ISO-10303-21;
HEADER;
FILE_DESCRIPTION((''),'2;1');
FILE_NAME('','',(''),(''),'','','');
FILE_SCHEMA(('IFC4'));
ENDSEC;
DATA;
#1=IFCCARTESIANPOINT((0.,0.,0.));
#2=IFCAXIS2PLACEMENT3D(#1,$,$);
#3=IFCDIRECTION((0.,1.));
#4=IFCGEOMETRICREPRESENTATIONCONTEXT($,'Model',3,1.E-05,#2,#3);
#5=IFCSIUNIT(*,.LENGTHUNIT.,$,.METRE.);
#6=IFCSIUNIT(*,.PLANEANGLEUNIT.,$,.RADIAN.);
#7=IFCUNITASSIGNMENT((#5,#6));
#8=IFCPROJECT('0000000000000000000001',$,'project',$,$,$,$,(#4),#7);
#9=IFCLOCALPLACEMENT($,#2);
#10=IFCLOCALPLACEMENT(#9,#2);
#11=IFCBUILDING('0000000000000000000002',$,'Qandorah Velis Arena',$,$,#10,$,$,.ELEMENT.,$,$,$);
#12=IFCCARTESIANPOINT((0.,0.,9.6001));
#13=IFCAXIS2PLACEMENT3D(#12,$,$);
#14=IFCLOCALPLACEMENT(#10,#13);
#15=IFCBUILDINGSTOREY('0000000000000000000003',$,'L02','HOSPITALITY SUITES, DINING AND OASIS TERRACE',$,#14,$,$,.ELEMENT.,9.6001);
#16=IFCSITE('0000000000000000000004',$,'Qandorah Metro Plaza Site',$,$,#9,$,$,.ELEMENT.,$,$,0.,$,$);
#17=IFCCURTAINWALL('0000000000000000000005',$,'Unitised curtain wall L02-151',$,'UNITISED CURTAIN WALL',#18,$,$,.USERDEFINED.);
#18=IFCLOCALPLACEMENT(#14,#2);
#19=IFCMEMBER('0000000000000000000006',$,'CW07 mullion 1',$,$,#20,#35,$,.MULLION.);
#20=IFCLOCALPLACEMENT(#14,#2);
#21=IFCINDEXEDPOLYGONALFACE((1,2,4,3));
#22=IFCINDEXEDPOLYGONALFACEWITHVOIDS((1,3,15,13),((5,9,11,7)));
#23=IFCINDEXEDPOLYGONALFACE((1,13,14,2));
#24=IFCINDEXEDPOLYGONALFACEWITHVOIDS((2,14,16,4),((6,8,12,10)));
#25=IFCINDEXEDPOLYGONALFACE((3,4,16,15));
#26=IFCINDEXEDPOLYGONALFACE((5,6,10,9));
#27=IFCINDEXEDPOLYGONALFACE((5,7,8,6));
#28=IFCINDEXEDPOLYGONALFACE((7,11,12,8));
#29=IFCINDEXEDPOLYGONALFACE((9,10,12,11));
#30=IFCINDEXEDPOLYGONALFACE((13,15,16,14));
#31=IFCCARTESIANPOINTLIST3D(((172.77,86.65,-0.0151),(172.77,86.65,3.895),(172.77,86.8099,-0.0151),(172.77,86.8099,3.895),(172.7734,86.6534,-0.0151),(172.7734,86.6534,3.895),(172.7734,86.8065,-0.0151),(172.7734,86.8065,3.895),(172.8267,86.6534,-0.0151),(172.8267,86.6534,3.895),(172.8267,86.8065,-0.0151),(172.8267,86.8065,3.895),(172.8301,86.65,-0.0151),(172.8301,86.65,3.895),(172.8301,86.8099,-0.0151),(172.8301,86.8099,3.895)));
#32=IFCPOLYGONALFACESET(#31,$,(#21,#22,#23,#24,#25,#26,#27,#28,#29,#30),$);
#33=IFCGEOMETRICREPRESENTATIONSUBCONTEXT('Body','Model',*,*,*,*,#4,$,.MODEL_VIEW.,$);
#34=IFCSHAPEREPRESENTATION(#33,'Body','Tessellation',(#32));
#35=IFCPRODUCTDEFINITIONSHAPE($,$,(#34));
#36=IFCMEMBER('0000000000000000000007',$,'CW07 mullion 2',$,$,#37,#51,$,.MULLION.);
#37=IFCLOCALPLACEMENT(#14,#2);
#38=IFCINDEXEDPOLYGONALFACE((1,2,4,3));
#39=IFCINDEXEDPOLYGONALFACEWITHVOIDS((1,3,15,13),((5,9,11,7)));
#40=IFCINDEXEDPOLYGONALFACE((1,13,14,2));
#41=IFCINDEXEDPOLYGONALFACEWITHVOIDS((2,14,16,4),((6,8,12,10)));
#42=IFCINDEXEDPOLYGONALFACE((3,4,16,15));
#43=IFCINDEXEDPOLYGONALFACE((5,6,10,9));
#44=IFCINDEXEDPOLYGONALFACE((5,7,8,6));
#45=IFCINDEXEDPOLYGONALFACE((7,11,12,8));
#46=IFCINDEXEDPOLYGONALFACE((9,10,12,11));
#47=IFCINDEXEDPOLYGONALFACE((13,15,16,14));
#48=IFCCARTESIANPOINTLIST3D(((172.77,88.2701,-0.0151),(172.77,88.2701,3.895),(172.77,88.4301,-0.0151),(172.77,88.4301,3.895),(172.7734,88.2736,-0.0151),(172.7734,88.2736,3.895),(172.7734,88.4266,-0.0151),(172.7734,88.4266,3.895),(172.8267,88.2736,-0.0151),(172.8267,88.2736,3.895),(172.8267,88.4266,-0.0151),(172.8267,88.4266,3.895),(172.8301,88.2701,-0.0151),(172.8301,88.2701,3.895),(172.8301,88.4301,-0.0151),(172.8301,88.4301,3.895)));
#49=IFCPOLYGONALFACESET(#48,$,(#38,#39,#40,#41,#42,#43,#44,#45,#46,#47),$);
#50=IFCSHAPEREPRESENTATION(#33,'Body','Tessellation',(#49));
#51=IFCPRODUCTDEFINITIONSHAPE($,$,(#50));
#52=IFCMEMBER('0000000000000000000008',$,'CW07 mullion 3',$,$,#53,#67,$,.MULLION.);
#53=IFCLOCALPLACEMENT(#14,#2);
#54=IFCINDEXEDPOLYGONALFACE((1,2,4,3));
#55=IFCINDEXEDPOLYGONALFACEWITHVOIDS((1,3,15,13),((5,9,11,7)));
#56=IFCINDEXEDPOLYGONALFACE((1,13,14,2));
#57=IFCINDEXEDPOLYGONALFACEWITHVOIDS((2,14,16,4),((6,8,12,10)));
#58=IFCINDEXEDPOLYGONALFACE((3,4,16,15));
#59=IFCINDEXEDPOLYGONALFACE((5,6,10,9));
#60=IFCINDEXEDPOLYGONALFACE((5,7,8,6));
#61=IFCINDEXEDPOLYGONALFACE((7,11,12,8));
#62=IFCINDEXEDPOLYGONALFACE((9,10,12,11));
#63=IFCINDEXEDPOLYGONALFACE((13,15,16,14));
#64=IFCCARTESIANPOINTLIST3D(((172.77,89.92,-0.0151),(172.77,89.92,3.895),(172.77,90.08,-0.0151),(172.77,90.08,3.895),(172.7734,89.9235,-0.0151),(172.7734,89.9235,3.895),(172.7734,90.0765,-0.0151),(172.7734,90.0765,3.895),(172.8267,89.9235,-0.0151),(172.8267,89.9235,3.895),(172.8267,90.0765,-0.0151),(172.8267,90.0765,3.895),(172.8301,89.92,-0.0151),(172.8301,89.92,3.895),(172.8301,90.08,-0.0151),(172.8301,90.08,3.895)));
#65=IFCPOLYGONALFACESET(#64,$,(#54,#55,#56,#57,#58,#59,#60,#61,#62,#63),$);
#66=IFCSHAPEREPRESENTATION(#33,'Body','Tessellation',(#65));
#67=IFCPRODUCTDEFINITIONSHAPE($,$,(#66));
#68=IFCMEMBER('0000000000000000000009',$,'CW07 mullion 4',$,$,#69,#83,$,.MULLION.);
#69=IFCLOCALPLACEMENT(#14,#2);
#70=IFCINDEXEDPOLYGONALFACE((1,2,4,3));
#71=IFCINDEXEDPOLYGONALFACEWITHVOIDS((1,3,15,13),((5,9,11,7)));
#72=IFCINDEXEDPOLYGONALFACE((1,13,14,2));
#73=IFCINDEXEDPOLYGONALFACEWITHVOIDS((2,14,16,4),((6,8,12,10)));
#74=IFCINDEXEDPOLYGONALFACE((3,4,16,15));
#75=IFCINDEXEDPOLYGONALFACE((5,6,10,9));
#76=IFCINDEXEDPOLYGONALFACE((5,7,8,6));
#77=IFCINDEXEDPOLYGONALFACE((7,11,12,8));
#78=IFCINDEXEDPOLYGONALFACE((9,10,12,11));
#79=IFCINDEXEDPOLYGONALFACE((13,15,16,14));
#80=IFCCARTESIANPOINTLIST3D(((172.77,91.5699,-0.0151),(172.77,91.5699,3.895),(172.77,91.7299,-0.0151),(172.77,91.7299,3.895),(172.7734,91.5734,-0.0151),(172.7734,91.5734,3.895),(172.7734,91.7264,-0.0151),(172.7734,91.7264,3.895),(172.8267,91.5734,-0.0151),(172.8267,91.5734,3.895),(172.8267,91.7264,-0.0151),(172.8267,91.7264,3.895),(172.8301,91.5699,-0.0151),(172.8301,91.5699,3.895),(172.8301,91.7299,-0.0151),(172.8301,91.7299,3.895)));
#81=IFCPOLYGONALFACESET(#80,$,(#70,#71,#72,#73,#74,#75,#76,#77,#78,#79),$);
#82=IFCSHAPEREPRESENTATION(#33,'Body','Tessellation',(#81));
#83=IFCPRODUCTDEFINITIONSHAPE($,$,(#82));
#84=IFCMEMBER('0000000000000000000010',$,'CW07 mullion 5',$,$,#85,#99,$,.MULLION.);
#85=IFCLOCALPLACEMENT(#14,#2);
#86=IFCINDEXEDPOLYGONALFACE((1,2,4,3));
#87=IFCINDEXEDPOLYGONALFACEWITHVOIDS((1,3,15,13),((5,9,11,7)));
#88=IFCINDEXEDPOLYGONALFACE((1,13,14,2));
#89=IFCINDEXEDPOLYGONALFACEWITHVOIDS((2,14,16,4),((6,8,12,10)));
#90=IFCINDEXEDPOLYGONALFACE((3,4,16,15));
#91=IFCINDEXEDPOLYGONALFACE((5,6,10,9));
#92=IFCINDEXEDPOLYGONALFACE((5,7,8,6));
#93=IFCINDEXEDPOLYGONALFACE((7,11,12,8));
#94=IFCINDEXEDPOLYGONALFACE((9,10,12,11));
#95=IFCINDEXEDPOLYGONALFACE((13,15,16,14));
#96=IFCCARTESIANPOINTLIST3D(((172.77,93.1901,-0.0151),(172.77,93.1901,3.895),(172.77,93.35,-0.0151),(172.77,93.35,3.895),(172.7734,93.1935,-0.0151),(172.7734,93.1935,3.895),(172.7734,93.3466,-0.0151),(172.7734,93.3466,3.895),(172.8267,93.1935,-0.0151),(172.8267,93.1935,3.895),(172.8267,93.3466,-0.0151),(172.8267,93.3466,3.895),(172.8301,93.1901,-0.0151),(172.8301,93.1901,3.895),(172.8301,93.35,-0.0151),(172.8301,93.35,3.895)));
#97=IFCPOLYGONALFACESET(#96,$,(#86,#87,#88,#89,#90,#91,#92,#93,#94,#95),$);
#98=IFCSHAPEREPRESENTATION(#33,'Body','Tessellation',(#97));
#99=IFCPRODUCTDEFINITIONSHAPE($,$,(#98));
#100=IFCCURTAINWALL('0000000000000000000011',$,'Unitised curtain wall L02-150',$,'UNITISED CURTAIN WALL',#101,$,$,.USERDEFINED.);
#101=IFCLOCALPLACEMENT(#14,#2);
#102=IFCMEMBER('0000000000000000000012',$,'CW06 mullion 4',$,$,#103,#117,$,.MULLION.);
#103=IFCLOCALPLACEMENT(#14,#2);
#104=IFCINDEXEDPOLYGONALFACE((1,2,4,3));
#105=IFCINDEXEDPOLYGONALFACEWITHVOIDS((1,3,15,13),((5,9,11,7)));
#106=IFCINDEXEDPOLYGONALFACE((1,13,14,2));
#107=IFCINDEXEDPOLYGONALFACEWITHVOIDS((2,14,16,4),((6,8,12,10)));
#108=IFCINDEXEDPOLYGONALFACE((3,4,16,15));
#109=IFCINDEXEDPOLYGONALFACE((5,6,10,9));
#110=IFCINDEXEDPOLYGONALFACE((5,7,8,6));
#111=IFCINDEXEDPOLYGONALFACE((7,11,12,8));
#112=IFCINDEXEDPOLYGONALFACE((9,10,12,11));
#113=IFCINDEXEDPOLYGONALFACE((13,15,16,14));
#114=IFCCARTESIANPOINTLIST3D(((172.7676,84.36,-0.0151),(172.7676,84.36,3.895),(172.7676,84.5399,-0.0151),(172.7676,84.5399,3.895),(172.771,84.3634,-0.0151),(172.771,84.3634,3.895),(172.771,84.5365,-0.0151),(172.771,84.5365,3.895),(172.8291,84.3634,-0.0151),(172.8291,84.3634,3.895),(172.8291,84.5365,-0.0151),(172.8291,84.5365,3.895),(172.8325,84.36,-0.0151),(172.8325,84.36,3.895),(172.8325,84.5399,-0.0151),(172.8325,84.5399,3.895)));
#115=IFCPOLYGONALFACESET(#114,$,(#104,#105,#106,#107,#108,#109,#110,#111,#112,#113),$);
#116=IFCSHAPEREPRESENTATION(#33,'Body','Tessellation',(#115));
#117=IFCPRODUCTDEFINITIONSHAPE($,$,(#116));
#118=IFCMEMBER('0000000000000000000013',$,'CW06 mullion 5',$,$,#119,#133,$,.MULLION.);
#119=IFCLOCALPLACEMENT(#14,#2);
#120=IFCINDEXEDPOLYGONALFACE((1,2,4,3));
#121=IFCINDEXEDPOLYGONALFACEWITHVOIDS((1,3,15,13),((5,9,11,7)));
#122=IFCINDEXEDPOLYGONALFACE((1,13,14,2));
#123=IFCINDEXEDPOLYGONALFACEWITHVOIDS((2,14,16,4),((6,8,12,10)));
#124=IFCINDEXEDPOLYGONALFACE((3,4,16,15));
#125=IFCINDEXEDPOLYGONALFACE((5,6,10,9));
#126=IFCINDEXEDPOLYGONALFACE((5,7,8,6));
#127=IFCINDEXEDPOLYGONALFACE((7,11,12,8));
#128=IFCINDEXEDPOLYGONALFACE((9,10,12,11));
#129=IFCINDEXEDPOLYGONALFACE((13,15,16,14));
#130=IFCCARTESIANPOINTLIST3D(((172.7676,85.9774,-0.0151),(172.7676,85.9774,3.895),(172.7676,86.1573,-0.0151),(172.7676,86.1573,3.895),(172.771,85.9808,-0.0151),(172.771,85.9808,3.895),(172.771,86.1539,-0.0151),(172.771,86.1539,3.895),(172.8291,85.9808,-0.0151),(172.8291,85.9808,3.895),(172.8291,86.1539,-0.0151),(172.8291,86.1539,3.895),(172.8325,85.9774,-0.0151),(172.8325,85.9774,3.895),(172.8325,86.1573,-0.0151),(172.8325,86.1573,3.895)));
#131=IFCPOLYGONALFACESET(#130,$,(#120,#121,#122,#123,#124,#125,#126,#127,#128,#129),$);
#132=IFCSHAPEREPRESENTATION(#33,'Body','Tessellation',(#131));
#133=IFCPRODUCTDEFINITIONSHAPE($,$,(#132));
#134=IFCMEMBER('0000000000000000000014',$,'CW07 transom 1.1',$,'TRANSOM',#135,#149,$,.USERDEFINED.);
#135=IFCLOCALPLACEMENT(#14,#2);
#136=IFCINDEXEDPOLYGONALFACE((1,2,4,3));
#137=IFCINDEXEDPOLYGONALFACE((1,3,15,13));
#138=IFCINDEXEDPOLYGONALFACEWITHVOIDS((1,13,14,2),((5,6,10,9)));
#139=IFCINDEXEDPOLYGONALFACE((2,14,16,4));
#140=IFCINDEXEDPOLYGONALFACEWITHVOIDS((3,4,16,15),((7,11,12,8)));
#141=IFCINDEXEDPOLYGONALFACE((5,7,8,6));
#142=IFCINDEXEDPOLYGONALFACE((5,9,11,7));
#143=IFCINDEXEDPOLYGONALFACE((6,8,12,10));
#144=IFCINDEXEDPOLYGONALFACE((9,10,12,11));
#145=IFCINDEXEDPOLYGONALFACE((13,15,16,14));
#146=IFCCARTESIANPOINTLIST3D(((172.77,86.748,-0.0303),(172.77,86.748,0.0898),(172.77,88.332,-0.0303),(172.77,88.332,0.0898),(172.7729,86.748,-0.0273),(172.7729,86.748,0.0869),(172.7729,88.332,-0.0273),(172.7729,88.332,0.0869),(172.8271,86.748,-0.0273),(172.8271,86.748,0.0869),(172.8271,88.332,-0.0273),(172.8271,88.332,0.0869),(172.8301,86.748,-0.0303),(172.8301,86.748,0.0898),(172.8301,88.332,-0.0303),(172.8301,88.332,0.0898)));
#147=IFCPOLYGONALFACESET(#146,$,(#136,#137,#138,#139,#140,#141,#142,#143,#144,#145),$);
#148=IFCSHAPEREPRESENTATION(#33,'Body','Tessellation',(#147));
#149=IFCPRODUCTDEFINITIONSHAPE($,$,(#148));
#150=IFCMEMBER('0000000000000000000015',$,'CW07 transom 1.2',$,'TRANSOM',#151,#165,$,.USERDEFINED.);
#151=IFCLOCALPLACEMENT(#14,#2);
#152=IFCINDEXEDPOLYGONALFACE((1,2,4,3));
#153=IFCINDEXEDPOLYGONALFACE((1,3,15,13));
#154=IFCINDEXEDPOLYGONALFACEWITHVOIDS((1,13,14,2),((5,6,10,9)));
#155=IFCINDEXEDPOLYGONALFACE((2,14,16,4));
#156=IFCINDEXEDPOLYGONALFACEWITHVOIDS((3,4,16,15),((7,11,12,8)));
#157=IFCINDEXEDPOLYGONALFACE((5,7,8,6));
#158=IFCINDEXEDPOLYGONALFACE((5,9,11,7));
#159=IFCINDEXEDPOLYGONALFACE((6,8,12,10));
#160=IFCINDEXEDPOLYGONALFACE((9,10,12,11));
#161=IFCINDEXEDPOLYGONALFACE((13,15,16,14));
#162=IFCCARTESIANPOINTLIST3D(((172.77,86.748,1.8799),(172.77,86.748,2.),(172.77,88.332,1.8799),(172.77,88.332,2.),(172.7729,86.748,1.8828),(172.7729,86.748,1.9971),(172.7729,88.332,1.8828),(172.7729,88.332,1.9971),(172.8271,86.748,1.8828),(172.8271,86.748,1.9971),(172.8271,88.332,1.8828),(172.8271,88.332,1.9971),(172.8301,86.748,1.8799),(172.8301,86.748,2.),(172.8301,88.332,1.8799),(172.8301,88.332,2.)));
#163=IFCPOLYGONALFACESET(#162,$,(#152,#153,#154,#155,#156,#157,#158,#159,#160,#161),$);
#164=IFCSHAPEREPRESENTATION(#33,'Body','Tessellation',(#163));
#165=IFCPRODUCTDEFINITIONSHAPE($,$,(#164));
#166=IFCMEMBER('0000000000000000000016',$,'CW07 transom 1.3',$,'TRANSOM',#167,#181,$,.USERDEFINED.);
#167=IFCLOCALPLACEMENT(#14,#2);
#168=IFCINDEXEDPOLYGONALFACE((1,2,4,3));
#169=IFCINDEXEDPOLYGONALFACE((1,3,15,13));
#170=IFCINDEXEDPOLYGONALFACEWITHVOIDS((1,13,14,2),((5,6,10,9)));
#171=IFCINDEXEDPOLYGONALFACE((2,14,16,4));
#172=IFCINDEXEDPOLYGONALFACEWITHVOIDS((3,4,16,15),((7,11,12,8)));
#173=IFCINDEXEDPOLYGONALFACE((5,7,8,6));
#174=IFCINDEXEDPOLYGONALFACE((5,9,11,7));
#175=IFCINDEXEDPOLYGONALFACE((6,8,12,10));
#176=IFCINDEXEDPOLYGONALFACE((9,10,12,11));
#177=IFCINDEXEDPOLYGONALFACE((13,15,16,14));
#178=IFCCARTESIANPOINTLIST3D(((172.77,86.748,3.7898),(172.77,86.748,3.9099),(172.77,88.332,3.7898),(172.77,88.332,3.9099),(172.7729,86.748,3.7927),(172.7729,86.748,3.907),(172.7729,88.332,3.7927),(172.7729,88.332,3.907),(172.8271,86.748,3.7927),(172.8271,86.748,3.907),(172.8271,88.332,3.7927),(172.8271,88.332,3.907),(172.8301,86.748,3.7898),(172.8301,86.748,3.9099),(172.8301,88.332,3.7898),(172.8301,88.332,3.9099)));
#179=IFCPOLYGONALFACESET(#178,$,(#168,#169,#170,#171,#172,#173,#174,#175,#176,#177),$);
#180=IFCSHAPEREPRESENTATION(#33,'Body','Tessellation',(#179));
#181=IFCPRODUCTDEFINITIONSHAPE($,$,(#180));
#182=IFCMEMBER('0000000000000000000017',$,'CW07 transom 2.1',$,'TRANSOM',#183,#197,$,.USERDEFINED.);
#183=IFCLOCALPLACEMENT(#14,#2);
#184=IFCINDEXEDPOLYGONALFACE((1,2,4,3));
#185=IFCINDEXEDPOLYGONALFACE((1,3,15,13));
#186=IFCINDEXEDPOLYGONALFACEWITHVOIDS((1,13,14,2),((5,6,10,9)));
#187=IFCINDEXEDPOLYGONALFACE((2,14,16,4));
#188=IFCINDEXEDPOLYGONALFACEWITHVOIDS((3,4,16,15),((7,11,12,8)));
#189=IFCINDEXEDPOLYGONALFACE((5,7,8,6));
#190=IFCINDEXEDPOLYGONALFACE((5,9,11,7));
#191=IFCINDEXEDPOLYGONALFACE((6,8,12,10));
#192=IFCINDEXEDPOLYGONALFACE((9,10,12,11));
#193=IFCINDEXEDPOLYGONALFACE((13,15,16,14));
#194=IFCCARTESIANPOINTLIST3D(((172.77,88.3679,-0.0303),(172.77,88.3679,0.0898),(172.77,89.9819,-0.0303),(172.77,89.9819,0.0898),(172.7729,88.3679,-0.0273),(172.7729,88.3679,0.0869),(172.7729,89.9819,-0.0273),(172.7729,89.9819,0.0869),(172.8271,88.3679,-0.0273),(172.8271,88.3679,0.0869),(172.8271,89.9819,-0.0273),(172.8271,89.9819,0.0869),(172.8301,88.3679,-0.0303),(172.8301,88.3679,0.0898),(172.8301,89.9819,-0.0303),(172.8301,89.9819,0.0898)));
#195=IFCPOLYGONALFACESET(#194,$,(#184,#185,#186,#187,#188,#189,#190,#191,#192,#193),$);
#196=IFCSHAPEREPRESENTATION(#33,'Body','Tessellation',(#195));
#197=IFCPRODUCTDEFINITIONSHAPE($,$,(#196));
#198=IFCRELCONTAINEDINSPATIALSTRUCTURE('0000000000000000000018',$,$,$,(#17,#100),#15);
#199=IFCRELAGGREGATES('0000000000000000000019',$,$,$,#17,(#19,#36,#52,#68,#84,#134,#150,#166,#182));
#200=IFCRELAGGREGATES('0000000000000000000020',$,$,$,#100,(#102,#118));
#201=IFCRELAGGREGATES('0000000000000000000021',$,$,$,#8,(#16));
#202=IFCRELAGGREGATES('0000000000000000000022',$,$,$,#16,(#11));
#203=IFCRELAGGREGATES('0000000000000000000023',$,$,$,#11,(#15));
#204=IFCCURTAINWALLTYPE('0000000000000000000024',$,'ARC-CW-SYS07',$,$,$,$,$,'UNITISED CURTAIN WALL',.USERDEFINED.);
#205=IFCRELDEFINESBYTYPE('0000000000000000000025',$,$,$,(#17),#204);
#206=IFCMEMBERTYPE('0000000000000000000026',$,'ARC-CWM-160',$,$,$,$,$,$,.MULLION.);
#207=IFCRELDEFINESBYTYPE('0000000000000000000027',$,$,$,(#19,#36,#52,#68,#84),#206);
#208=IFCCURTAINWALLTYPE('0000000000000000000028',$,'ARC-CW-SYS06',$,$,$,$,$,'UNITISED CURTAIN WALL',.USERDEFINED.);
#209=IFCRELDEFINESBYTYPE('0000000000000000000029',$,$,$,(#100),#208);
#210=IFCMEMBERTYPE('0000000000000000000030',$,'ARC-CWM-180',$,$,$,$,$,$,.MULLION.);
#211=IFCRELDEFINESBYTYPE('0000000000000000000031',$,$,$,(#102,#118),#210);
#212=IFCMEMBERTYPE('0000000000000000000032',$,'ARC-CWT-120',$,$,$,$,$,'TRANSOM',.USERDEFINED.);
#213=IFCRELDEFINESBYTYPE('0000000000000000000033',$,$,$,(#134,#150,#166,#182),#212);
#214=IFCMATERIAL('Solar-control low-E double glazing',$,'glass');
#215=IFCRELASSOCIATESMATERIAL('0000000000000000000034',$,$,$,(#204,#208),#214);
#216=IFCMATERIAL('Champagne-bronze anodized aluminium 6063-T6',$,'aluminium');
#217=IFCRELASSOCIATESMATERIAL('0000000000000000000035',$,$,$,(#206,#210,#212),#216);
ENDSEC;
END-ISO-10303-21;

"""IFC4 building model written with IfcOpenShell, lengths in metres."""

from ifc_helpers import new_model, si_unit, direction, frame, origin, origin_2d, place, context, subcontext, project, spatial, hollow_rectangle, extrude, material, material_profile, profile_set, type_object, element, aggregate, save


model = new_model("IFC4")

# Units and contexts
model_context = context("Model", 3, precision=1e-05, world=origin(), true_north=direction((0.0, 1.0)))
body_context = subcontext(model_context, "Body", "Model", "MODEL_VIEW")
ifc_project = project(units=[si_unit("LENGTHUNIT", "METRE"), si_unit("PLANEANGLEUNIT", "RADIAN")], contexts=[model_context])

# Site, building, storey
site_placement = place(None, origin())
site = spatial("IfcSite", under=ifc_project, at=site_placement, Name="Qandorah Metro Plaza Site", CompositionType="ELEMENT", RefElevation=0.0)
building_placement = place(site_placement, origin())
building = spatial("IfcBuilding", under=site, at=building_placement, Name="Qandorah Velis Arena", CompositionType="ELEMENT")
storey_placement = place(building_placement, frame((0.0, 0.0, 9.6001)))
storey = spatial("IfcBuildingStorey", under=building, at=storey_placement, Name="L02", Description="HOSPITALITY SUITES, DINING AND OASIS TERRACE", CompositionType="ELEMENT", Elevation=9.6001)

# Curtain walls, members
ifc_material_1 = material(Name="Solar-control low-E double glazing", Category="glass")
curtain_wall_type_1 = type_object("IfcCurtainWallType", Name="ARC-CW-SYS07", ElementType="UNITISED CURTAIN WALL", PredefinedType="USERDEFINED", material=ifc_material_1)
curtain_wall_1_placement = place(storey_placement, origin())
curtain_wall_1 = element("IfcCurtainWall", 1, at=curtain_wall_1_placement, inside=storey, type_object=curtain_wall_type_1, Name="Unitised curtain wall L02-151", ObjectType="UNITISED CURTAIN WALL", PredefinedType="USERDEFINED")
ifc_material_2 = material(Name="Champagne-bronze anodized aluminium 6063-T6", Category="aluminium")
ifc_material_profile_1 = material_profile(ifc_material_2, hollow_rectangle(XDim=0.0601, YDim=0.1599, WallThickness=0.0034, at=origin_2d()), Name="ALU MULLION 60x160")
ifc_profile_set_1 = profile_set([ifc_material_profile_1], Name="Champagne-bronze anodized aluminium 6063-T6")
member_type_1 = type_object("IfcMemberType", Name="ARC-CWM-160", PredefinedType="MULLION", material=ifc_profile_set_1)
member_1_placement = place(storey_placement, frame((172.8, 86.73, -0.0151), z_axis=(0.0, 0.0, 1.0), x_axis=(-1.0, 0.0, 0.0)))
member_1 = element("IfcMember", 2, at=member_1_placement, type_object=member_type_1, Name="CW07 mullion 1", PredefinedType="MULLION", context=body_context, shape_type="SweptSolid", body=[
    extrude(hollow_rectangle(XDim=0.0601, YDim=0.1599, WallThickness=0.0034, at=origin_2d()), origin(), (0.0, 0.0, 1.0), 3.9102),
])
member_2_placement = place(storey_placement, frame((172.8, 88.3501, -0.0151), z_axis=(0.0, 0.0, 1.0), x_axis=(-1.0, 0.0, 0.0)))
member_2 = element("IfcMember", 3, at=member_2_placement, type_object=member_type_1, Name="CW07 mullion 2", PredefinedType="MULLION", context=body_context, shape_type="SweptSolid", body=[
    extrude(hollow_rectangle(XDim=0.0601, YDim=0.1599, WallThickness=0.0034, at=origin_2d()), origin(), (0.0, 0.0, 1.0), 3.9102),
])
member_3_placement = place(storey_placement, frame((172.8, 90.0, -0.0151), z_axis=(0.0, 0.0, 1.0), x_axis=(-1.0, 0.0, 0.0)))
member_3 = element("IfcMember", 4, at=member_3_placement, type_object=member_type_1, Name="CW07 mullion 3", PredefinedType="MULLION", context=body_context, shape_type="SweptSolid", body=[
    extrude(hollow_rectangle(XDim=0.0601, YDim=0.1599, WallThickness=0.0034, at=origin_2d()), origin(), (0.0, 0.0, 1.0), 3.9102),
])
member_4_placement = place(storey_placement, frame((172.8, 91.6499, -0.0151), z_axis=(0.0, 0.0, 1.0), x_axis=(-1.0, 0.0, 0.0)))
member_4 = element("IfcMember", 5, at=member_4_placement, type_object=member_type_1, Name="CW07 mullion 4", PredefinedType="MULLION", context=body_context, shape_type="SweptSolid", body=[
    extrude(hollow_rectangle(XDim=0.0601, YDim=0.1599, WallThickness=0.0034, at=origin_2d()), origin(), (0.0, 0.0, 1.0), 3.9102),
])
member_5_placement = place(storey_placement, frame((172.8, 93.27, -0.0151), z_axis=(0.0, 0.0, 1.0), x_axis=(-1.0, 0.0, 0.0)))
member_5 = element("IfcMember", 6, at=member_5_placement, type_object=member_type_1, Name="CW07 mullion 5", PredefinedType="MULLION", context=body_context, shape_type="SweptSolid", body=[
    extrude(hollow_rectangle(XDim=0.0601, YDim=0.1599, WallThickness=0.0034, at=origin_2d()), origin(), (0.0, 0.0, 1.0), 3.9102),
])
curtain_wall_type_2 = type_object("IfcCurtainWallType", Name="ARC-CW-SYS06", ElementType="UNITISED CURTAIN WALL", PredefinedType="USERDEFINED", material=ifc_material_1)
curtain_wall_2_placement = place(storey_placement, origin())
curtain_wall_2 = element("IfcCurtainWall", 7, at=curtain_wall_2_placement, inside=storey, type_object=curtain_wall_type_2, Name="Unitised curtain wall L02-150", ObjectType="UNITISED CURTAIN WALL", PredefinedType="USERDEFINED")
ifc_material_profile_2 = material_profile(ifc_material_2, hollow_rectangle(XDim=0.0649, YDim=0.1799, WallThickness=0.0034, at=origin_2d()), Name="ALU MULLION 65x180")
ifc_profile_set_2 = profile_set([ifc_material_profile_2], Name="Champagne-bronze anodized aluminium 6063-T6")
member_type_2 = type_object("IfcMemberType", Name="ARC-CWM-180", PredefinedType="MULLION", material=ifc_profile_set_2)
member_6_placement = place(storey_placement, frame((172.8, 84.45, -0.0151), z_axis=(0.0, 0.0, 1.0), x_axis=(-1.0, 0.0, 0.0)))
member_6 = element("IfcMember", 8, at=member_6_placement, type_object=member_type_2, Name="CW06 mullion 4", PredefinedType="MULLION", context=body_context, shape_type="SweptSolid", body=[
    extrude(hollow_rectangle(XDim=0.0649, YDim=0.1799, WallThickness=0.0034, at=origin_2d()), origin(), (0.0, 0.0, 1.0), 3.9102),
])
member_7_placement = place(storey_placement, frame((172.8, 86.0674, -0.0151), z_axis=(0.0, 0.0, 1.0), x_axis=(-1.0, 0.0, 0.0)))
member_7 = element("IfcMember", 9, at=member_7_placement, type_object=member_type_2, Name="CW06 mullion 5", PredefinedType="MULLION", context=body_context, shape_type="SweptSolid", body=[
    extrude(hollow_rectangle(XDim=0.0649, YDim=0.1799, WallThickness=0.0034, at=origin_2d()), origin(), (0.0, 0.0, 1.0), 3.9102),
])

# Members
ifc_material_profile_3 = material_profile(ifc_material_2, hollow_rectangle(XDim=0.0601, YDim=0.1201, WallThickness=0.0029, at=origin_2d()), Name="ALU TRANSOM 60x120")
ifc_profile_set_3 = profile_set([ifc_material_profile_3], Name="Champagne-bronze anodized aluminium 6063-T6")
member_type_3 = type_object("IfcMemberType", Name="ARC-CWT-120", ElementType="TRANSOM", PredefinedType="USERDEFINED", material=ifc_profile_set_3)
member_8_placement = place(storey_placement, frame((172.8, 86.748, 0.0298), z_axis=(0.0, 1.0, 0.0), x_axis=(-1.0, 0.0, 0.0)))
member_8 = element("IfcMember", 10, at=member_8_placement, type_object=member_type_3, Name="CW07 transom 1.1", ObjectType="TRANSOM", PredefinedType="USERDEFINED", context=body_context, shape_type="SweptSolid", body=[
    extrude(hollow_rectangle(XDim=0.0601, YDim=0.1201, WallThickness=0.0029, at=origin_2d()), origin(), (0.0, 0.0, 1.0), 1.584),
])
member_9_placement = place(storey_placement, frame((172.8, 86.748, 1.9399), z_axis=(0.0, 1.0, 0.0), x_axis=(-1.0, 0.0, 0.0)))
member_9 = element("IfcMember", 11, at=member_9_placement, type_object=member_type_3, Name="CW07 transom 1.2", ObjectType="TRANSOM", PredefinedType="USERDEFINED", context=body_context, shape_type="SweptSolid", body=[
    extrude(hollow_rectangle(XDim=0.0601, YDim=0.1201, WallThickness=0.0029, at=origin_2d()), origin(), (0.0, 0.0, 1.0), 1.584),
])
member_10_placement = place(storey_placement, frame((172.8, 86.748, 3.8499), z_axis=(0.0, 1.0, 0.0), x_axis=(-1.0, 0.0, 0.0)))
member_10 = element("IfcMember", 12, at=member_10_placement, type_object=member_type_3, Name="CW07 transom 1.3", ObjectType="TRANSOM", PredefinedType="USERDEFINED", context=body_context, shape_type="SweptSolid", body=[
    extrude(hollow_rectangle(XDim=0.0601, YDim=0.1201, WallThickness=0.0029, at=origin_2d()), origin(), (0.0, 0.0, 1.0), 1.584),
])
member_11_placement = place(storey_placement, frame((172.8, 88.3679, 0.0298), z_axis=(0.0, 1.0, 0.0), x_axis=(-1.0, 0.0, 0.0)))
member_11 = element("IfcMember", 13, at=member_11_placement, type_object=member_type_3, Name="CW07 transom 2.1", ObjectType="TRANSOM", PredefinedType="USERDEFINED", context=body_context, shape_type="SweptSolid", body=[
    extrude(hollow_rectangle(XDim=0.0601, YDim=0.1201, WallThickness=0.0029, at=origin_2d()), origin(), (0.0, 0.0, 1.0), 1.614),
])

aggregate(curtain_wall_1, [member_1, member_2, member_3, member_4, member_5, member_8, member_9, member_10, member_11])
aggregate(curtain_wall_2, [member_6, member_7])

save(model, "model.ifc")
